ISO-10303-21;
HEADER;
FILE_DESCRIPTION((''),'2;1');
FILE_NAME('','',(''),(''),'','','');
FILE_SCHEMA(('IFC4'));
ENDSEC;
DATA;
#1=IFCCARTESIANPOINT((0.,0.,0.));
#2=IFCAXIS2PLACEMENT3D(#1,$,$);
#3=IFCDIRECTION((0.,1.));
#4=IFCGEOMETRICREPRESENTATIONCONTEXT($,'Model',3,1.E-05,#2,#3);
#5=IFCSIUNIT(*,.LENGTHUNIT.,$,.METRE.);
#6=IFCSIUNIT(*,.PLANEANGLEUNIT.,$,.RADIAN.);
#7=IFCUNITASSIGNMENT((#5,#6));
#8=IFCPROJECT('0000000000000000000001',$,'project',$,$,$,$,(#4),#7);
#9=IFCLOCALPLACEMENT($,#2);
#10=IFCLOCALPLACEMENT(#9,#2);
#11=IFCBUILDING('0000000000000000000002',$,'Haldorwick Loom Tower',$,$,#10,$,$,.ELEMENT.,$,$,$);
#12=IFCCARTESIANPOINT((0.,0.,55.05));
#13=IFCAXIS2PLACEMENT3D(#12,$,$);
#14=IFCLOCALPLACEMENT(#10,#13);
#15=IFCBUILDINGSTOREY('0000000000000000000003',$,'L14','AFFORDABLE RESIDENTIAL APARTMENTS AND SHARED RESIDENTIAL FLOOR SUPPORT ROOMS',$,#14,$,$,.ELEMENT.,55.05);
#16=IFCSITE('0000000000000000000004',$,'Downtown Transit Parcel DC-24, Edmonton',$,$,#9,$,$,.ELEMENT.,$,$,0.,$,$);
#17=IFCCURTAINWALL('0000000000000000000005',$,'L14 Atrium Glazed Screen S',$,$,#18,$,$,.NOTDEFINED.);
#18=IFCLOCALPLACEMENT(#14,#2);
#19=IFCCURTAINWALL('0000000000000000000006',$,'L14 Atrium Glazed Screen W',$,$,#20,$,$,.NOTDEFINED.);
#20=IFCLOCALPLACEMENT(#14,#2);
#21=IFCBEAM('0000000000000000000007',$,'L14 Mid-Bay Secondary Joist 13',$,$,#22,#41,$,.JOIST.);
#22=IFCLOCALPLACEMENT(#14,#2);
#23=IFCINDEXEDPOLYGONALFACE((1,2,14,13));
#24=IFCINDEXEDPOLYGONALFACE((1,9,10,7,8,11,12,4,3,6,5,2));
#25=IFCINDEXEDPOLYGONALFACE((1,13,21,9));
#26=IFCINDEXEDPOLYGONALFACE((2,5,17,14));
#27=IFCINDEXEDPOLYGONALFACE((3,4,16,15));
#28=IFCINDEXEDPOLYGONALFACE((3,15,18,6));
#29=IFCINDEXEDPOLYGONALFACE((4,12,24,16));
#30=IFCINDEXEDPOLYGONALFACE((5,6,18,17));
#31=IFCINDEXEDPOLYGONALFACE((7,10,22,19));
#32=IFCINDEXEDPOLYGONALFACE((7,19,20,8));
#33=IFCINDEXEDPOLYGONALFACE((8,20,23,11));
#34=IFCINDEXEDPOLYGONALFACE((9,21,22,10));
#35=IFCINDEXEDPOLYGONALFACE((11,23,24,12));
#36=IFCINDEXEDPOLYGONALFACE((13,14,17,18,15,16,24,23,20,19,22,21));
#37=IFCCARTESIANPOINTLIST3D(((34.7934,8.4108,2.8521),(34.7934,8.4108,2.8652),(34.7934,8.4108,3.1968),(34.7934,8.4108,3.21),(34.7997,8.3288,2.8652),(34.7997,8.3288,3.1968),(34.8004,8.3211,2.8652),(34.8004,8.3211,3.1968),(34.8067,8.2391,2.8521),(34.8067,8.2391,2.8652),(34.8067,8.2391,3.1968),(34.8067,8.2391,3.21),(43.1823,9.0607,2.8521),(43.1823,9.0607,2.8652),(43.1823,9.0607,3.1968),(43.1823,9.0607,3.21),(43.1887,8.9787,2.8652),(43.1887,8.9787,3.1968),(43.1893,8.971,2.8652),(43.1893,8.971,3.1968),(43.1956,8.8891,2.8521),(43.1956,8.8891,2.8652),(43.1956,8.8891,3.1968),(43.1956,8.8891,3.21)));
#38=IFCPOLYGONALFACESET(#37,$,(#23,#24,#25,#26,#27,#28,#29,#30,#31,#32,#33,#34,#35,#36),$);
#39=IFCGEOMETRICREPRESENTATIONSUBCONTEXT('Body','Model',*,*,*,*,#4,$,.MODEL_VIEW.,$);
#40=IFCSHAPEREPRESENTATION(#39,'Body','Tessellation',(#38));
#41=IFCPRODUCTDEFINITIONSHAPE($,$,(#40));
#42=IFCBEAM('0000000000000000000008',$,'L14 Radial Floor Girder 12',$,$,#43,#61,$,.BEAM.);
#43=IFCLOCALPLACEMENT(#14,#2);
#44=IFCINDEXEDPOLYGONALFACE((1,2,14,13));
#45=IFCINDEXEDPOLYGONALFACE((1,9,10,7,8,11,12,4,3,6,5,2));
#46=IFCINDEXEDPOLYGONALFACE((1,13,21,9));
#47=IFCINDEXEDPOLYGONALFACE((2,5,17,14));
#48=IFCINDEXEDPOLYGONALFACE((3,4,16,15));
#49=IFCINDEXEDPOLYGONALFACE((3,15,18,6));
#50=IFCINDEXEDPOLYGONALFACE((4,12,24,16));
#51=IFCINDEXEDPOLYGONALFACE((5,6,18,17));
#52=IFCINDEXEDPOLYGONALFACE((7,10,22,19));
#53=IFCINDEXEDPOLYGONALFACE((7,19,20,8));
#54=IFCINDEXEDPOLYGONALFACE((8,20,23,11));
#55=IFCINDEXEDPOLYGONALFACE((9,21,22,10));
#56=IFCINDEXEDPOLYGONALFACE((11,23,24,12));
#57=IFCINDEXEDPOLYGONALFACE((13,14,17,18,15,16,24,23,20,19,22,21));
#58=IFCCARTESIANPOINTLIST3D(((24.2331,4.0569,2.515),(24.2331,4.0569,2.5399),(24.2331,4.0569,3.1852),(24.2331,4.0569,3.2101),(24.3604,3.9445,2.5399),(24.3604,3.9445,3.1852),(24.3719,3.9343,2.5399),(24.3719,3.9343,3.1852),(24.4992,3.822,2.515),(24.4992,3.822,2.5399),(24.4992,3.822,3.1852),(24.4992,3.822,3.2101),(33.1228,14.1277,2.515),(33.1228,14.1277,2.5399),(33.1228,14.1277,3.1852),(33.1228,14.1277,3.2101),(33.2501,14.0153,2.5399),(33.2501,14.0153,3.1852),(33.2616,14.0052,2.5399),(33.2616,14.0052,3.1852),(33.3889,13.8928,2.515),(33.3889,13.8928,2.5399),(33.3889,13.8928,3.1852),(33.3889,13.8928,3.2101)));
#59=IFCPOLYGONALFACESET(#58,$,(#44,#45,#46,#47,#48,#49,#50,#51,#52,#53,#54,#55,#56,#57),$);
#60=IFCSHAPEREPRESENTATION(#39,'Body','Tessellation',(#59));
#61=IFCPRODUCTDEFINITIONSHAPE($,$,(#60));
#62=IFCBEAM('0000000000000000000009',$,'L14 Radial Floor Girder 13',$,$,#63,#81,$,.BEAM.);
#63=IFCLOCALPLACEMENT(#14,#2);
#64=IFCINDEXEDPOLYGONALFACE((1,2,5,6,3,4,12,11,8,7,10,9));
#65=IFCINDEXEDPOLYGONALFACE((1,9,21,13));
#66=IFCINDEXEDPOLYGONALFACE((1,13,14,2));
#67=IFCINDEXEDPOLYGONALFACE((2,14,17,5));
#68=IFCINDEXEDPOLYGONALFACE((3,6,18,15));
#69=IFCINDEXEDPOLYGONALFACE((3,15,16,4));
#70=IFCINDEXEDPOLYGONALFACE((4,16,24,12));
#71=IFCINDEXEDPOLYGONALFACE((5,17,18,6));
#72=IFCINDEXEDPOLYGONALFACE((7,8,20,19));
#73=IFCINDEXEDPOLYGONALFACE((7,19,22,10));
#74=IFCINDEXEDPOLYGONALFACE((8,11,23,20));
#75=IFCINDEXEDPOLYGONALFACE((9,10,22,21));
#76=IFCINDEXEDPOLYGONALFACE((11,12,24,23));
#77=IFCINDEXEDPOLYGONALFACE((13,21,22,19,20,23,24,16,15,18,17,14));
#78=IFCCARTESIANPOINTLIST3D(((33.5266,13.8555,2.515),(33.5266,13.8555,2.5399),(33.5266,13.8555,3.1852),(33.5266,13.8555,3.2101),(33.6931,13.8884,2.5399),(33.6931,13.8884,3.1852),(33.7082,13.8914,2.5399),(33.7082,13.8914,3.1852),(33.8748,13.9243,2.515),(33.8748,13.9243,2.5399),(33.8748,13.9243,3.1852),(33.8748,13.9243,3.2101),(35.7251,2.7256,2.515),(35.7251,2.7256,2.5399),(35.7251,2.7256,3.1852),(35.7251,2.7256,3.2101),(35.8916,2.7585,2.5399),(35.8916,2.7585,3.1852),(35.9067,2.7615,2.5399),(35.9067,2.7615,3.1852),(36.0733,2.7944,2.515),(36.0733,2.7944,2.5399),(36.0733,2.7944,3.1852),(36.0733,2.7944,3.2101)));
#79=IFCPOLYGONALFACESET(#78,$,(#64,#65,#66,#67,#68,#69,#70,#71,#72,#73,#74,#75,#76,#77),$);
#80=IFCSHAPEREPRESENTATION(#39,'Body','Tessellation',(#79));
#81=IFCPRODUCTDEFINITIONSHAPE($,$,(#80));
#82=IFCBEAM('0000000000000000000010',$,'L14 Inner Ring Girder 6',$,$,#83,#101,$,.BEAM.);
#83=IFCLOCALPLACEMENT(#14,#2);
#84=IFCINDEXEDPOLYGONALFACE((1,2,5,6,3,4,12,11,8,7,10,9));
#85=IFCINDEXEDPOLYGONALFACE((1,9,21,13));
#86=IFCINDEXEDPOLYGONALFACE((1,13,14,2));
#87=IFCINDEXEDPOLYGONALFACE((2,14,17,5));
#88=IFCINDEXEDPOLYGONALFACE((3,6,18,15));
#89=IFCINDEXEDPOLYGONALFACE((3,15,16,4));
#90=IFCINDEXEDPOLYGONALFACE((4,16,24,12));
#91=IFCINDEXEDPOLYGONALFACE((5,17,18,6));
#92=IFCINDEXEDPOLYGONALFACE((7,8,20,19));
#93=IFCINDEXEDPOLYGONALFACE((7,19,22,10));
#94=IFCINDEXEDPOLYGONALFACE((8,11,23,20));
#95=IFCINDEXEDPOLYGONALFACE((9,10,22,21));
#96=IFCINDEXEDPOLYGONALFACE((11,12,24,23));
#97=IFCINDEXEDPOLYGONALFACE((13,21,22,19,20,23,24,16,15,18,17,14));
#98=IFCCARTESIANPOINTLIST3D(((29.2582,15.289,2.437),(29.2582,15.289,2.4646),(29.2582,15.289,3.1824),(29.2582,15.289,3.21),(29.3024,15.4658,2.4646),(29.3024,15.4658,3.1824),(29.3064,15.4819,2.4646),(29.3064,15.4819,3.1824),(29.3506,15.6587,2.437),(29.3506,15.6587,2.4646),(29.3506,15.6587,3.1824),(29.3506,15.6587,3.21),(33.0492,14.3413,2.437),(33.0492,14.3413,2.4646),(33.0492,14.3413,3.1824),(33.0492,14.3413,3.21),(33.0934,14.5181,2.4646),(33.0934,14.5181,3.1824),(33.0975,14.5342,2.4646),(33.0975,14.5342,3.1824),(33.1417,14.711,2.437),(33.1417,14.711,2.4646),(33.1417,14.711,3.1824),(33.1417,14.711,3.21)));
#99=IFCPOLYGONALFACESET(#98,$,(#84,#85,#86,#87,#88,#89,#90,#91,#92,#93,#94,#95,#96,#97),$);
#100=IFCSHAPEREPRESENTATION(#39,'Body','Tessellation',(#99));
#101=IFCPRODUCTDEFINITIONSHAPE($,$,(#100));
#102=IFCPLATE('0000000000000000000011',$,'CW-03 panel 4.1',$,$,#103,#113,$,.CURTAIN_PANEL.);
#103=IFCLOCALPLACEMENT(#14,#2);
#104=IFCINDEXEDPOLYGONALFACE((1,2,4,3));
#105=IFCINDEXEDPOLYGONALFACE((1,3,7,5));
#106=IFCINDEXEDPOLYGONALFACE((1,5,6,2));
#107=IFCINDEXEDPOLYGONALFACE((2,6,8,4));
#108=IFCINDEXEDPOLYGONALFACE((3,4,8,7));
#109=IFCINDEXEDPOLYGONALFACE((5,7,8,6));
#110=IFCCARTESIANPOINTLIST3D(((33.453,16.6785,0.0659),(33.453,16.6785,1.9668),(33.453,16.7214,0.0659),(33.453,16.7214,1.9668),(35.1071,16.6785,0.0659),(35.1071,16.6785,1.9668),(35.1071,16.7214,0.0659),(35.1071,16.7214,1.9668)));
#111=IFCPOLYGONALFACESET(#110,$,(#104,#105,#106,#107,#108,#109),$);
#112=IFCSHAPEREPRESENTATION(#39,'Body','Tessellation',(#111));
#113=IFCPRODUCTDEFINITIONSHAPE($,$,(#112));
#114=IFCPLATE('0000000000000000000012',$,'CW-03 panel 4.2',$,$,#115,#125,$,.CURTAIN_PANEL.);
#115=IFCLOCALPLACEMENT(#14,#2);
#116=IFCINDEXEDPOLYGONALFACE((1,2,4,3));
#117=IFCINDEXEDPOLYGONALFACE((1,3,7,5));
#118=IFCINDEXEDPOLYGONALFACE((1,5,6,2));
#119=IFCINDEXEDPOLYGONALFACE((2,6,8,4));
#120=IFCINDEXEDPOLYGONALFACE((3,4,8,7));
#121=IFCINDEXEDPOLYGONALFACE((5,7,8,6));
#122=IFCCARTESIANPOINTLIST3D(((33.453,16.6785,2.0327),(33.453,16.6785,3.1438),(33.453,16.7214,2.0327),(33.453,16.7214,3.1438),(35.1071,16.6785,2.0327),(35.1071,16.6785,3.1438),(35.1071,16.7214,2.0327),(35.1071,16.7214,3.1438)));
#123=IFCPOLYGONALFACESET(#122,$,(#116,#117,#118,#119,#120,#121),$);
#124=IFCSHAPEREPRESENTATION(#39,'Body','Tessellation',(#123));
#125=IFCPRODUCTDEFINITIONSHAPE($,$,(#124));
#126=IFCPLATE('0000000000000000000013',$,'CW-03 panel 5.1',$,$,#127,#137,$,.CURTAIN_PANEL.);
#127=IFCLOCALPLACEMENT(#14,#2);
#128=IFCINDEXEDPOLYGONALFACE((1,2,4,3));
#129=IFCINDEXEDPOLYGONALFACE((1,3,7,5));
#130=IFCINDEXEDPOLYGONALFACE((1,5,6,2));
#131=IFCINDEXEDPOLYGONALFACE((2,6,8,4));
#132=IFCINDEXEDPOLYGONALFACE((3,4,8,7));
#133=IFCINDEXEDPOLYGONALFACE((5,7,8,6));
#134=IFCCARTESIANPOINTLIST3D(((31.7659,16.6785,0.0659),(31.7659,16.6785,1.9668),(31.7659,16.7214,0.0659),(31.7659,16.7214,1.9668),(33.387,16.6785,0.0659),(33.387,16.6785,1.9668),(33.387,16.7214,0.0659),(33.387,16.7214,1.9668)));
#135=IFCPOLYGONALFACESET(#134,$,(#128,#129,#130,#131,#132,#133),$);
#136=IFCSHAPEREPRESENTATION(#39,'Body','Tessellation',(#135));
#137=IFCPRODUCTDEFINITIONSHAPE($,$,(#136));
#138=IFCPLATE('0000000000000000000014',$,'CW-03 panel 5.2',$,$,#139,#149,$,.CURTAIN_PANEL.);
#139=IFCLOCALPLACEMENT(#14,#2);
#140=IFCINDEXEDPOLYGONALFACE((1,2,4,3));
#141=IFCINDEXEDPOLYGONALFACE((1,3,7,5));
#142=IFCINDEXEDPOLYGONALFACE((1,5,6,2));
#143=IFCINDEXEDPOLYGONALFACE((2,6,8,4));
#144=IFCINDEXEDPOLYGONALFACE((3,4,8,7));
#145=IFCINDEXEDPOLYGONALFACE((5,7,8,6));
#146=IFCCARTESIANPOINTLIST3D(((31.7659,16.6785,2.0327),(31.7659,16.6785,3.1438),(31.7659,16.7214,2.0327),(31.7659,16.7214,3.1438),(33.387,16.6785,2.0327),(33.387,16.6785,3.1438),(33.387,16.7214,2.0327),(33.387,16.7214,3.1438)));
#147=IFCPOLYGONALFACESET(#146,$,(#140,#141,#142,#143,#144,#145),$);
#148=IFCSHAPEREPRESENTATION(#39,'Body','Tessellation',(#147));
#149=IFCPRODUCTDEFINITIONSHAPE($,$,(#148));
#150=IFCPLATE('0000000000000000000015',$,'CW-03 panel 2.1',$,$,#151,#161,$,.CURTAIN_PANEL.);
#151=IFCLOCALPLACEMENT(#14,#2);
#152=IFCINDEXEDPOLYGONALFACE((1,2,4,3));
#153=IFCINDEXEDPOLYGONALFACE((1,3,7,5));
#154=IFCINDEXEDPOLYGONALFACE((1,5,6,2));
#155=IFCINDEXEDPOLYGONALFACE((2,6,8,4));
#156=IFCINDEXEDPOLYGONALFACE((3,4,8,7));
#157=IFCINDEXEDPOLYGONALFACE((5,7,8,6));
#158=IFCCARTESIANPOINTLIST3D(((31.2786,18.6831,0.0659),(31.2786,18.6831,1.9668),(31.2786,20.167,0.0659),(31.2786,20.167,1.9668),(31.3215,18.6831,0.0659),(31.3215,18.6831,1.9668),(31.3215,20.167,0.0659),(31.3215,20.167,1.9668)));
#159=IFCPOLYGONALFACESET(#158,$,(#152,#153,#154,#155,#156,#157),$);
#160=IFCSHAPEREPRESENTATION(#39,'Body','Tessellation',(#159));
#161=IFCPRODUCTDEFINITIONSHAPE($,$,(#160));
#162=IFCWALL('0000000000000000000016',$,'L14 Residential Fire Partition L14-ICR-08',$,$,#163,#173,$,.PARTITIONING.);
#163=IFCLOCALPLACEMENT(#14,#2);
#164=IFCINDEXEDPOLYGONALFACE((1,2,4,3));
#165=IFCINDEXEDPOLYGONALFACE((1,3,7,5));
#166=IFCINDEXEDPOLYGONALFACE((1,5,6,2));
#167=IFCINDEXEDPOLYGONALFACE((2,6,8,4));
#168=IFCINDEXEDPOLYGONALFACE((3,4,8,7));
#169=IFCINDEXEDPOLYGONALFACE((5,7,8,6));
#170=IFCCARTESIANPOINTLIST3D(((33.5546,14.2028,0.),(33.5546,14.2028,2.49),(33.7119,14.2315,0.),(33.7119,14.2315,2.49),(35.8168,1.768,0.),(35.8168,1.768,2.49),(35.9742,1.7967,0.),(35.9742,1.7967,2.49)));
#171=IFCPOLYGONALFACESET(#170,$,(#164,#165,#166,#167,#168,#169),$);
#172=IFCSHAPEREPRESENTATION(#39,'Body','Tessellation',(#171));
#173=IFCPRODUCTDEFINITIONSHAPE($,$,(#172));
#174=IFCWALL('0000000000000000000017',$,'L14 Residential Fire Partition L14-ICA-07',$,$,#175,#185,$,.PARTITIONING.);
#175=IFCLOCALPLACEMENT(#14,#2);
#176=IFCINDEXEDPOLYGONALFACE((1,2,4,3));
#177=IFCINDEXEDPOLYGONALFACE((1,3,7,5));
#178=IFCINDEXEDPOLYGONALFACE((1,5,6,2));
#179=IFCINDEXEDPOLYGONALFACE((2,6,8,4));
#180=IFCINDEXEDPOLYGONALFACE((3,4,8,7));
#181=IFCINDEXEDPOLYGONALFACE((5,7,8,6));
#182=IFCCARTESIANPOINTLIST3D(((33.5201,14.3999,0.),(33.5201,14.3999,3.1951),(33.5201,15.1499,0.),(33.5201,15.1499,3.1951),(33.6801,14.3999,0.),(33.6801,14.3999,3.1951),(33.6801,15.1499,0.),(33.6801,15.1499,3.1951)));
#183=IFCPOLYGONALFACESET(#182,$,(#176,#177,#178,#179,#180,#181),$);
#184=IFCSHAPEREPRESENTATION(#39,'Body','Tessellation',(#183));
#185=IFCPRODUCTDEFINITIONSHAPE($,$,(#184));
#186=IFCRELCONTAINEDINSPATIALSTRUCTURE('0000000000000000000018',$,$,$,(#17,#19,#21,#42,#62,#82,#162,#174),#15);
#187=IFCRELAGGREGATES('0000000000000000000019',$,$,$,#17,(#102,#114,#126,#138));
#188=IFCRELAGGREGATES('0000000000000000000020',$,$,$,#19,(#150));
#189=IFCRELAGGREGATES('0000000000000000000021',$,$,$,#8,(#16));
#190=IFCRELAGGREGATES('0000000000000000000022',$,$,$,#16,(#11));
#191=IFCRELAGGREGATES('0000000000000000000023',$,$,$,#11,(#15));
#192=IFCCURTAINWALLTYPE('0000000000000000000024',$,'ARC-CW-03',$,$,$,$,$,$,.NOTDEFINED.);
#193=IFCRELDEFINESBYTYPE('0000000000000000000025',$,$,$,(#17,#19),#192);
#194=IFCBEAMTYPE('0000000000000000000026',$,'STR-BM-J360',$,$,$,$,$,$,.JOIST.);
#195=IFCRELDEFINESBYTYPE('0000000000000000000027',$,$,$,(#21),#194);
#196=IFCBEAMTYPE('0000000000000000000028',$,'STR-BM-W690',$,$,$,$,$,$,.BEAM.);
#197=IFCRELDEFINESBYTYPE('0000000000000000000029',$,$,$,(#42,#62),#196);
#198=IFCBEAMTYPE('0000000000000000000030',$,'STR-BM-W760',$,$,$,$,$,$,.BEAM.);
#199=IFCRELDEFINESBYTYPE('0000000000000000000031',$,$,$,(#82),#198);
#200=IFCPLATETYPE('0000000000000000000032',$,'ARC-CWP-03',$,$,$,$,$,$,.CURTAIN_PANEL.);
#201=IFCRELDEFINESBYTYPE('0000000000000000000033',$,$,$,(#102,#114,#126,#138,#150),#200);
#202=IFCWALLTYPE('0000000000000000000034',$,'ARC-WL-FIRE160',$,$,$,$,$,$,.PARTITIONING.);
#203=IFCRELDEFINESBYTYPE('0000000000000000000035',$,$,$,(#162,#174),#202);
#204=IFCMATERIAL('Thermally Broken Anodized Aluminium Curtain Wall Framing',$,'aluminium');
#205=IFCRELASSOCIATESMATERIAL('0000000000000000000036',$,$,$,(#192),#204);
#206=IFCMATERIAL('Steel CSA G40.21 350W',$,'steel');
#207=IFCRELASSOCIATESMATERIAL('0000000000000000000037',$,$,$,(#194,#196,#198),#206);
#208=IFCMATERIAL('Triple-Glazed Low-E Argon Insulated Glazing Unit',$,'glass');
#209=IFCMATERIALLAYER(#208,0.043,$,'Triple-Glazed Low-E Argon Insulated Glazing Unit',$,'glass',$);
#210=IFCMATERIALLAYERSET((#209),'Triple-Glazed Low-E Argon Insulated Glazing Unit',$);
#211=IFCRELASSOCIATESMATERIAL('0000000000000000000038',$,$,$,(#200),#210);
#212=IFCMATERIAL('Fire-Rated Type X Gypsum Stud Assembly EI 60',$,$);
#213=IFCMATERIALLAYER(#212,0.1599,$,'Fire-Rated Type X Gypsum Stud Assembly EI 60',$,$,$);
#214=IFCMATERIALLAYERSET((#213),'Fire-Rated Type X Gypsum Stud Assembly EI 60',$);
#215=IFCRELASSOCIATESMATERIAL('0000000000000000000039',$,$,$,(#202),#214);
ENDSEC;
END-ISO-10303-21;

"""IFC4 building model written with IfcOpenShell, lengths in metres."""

from ifc_helpers import new_model, si_unit, direction, frame, frame_2d, origin, origin_2d, place, context, subcontext, project, spatial, rectangle, i_section, extrude, material, layer, layer_set, material_profile, profile_set, type_object, element, aggregate, save


model = new_model("IFC4")

# Units and contexts
model_context = context("Model", 3, precision=1e-05, world=origin(), true_north=direction((0.0, 1.0)))
body_context = subcontext(model_context, "Body", "Model", "MODEL_VIEW")
ifc_project = project(units=[si_unit("LENGTHUNIT", "METRE"), si_unit("PLANEANGLEUNIT", "RADIAN")], contexts=[model_context])

# Site, building, storey
site_placement = place(None, origin())
site = spatial("IfcSite", under=ifc_project, at=site_placement, Name="Downtown Transit Parcel DC-24, Edmonton", CompositionType="ELEMENT", RefElevation=0.0)
building_placement = place(site_placement, origin())
building = spatial("IfcBuilding", under=site, at=building_placement, Name="Haldorwick Loom Tower", CompositionType="ELEMENT")
storey_placement = place(building_placement, frame((0.0, 0.0, 55.05)))
storey = spatial("IfcBuildingStorey", under=building, at=storey_placement, Name="L14", Description="AFFORDABLE RESIDENTIAL APARTMENTS AND SHARED RESIDENTIAL FLOOR SUPPORT ROOMS", CompositionType="ELEMENT", Elevation=55.05)

# Curtain wall
ifc_material_1 = material(Name="Thermally Broken Anodized Aluminium Curtain Wall Framing", Category="aluminium")
curtain_wall_type = type_object("IfcCurtainWallType", Name="ARC-CW-03", PredefinedType="NOTDEFINED", material=ifc_material_1)
curtain_wall_1_placement = place(storey_placement, origin())
curtain_wall_1 = element("IfcCurtainWall", 1, at=curtain_wall_1_placement, inside=storey, type_object=curtain_wall_type, Name="L14 Atrium Glazed Screen S", PredefinedType="NOTDEFINED")

# Curtain wall
curtain_wall_2_placement = place(storey_placement, origin())
curtain_wall_2 = element("IfcCurtainWall", 2, at=curtain_wall_2_placement, inside=storey, type_object=curtain_wall_type, Name="L14 Atrium Glazed Screen W", PredefinedType="NOTDEFINED")

# Beams
ifc_material_2 = material(Name="Steel CSA G40.21 350W", Category="steel")
ifc_material_profile_1 = material_profile(ifc_material_2, i_section(OverallWidth=0.1721, OverallDepth=0.3579, WebThickness=0.0078, FlangeThickness=0.0132, at=origin_2d()), Name="W360X57", Category="steel")
ifc_profile_set_1 = profile_set([ifc_material_profile_1], Name="Steel CSA G40.21 350W")
beam_type_1 = type_object("IfcBeamType", Name="STR-BM-J360", PredefinedType="JOIST", material=ifc_profile_set_1)
beam_1_placement = place(storey_placement, frame((34.8, 8.325, 3.031), z_axis=(0.997013, 0.07724, 0.0), x_axis=(-0.07724, 0.997013, 0.0)))
element("IfcBeam", 3, at=beam_1_placement, inside=storey, type_object=beam_type_1, Name="L14 Mid-Bay Secondary Joist 13", PredefinedType="JOIST", context=body_context, shape_type="SweptSolid", body=[
    extrude(i_section(OverallWidth=0.1721, OverallDepth=0.3579, WebThickness=0.0078, FlangeThickness=0.0132, at=origin_2d()), origin(), (0.0, 0.0, 1.0), 8.4141),
])
ifc_material_profile_2 = material_profile(ifc_material_2, i_section(OverallWidth=0.355, OverallDepth=0.6951, WebThickness=0.0154, FlangeThickness=0.0249, at=origin_2d()), Name="W690X217", Category="steel")
ifc_profile_set_2 = profile_set([ifc_material_profile_2], Name="Steel CSA G40.21 350W")
beam_type_2 = type_object("IfcBeamType", Name="STR-BM-W690", PredefinedType="BEAM", material=ifc_profile_set_2)
beam_2_placement = place(storey_placement, frame((33.2559, 14.0103, 2.8625), z_axis=(-0.661774, -0.749703, 0.0), x_axis=(0.749703, -0.661774, 0.0)))
element("IfcBeam", 4, at=beam_2_placement, inside=storey, type_object=beam_type_2, Name="L14 Radial Floor Girder 12", PredefinedType="BEAM", context=body_context, shape_type="SweptSolid", body=[
    extrude(i_section(OverallWidth=0.355, OverallDepth=0.6951, WebThickness=0.0154, FlangeThickness=0.0249, at=origin_2d()), origin(), (0.0, 0.0, 1.0), 13.4331),
])
beam_3_placement = place(storey_placement, frame((33.7007, 13.8899, 2.8625), z_axis=(0.193786, -0.981044, 0.0), x_axis=(0.981044, 0.193786, 0.0)))
element("IfcBeam", 5, at=beam_3_placement, inside=storey, type_object=beam_type_2, Name="L14 Radial Floor Girder 13", PredefinedType="BEAM", context=body_context, shape_type="SweptSolid", body=[
    extrude(i_section(OverallWidth=0.355, OverallDepth=0.6951, WebThickness=0.0154, FlangeThickness=0.0249, at=origin_2d()), origin(), (0.0, 0.0, 1.0), 11.345),
])
ifc_material_profile_3 = material_profile(ifc_material_2, i_section(OverallWidth=0.3811, OverallDepth=0.7729, WebThickness=0.0166, FlangeThickness=0.0276, at=origin_2d()), Name="W760X257", Category="steel")
ifc_profile_set_3 = profile_set([ifc_material_profile_3], Name="Steel CSA G40.21 350W")
beam_type_3 = type_object("IfcBeamType", Name="STR-BM-W760", PredefinedType="BEAM", material=ifc_profile_set_3)
beam_4_placement = place(storey_placement, frame((33.0955, 14.5261, 2.8235), z_axis=(-0.970143, 0.242536, 0.0), x_axis=(-0.242536, -0.970143, 0.0)))
element("IfcBeam", 6, at=beam_4_placement, inside=storey, type_object=beam_type_3, Name="L14 Inner Ring Girder 6", PredefinedType="BEAM", context=body_context, shape_type="SweptSolid", body=[
    extrude(i_section(OverallWidth=0.3811, OverallDepth=0.7729, WebThickness=0.0166, FlangeThickness=0.0276, at=origin_2d()), origin(), (0.0, 0.0, 1.0), 3.9077),
])

# Plates
ifc_material_3 = material(Name="Triple-Glazed Low-E Argon Insulated Glazing Unit", Category="glass")
ifc_layer_1 = layer(ifc_material_3, 0.043, Name="Triple-Glazed Low-E Argon Insulated Glazing Unit", Category="glass")
ifc_layer_set_1 = layer_set([ifc_layer_1], Name="Triple-Glazed Low-E Argon Insulated Glazing Unit")
plate_type = type_object("IfcPlateType", Name="ARC-CWP-03", PredefinedType="CURTAIN_PANEL", material=ifc_layer_set_1)
plate_1_placement = place(storey_placement, frame((34.28, 16.7, 0.0659), z_axis=(0.0, 0.0, 1.0), x_axis=(-1.0, 0.0, 0.0)))
plate_1 = element("IfcPlate", 7, at=plate_1_placement, type_object=plate_type, Name="CW-03 panel 4.1", PredefinedType="CURTAIN_PANEL", context=body_context, shape_type="SweptSolid", body=[
    extrude(rectangle(XDim=1.6541, YDim=0.043, at=origin_2d()), origin(), (0.0, 0.0, 1.0), 1.9009),
])
plate_2_placement = place(storey_placement, frame((34.28, 16.7, 2.0327), z_axis=(0.0, 0.0, 1.0), x_axis=(-1.0, 0.0, 0.0)))
plate_2 = element("IfcPlate", 8, at=plate_2_placement, type_object=plate_type, Name="CW-03 panel 4.2", PredefinedType="CURTAIN_PANEL", context=body_context, shape_type="SweptSolid", body=[
    extrude(rectangle(XDim=1.6541, YDim=0.043, at=origin_2d()), origin(), (0.0, 0.0, 1.0), 1.1111),
])
plate_3_placement = place(storey_placement, frame((32.5764, 16.7, 0.0659), z_axis=(0.0, 0.0, 1.0), x_axis=(-1.0, 0.0, 0.0)))
plate_3 = element("IfcPlate", 9, at=plate_3_placement, type_object=plate_type, Name="CW-03 panel 5.1", PredefinedType="CURTAIN_PANEL", context=body_context, shape_type="SweptSolid", body=[
    extrude(rectangle(XDim=1.6211, YDim=0.043, at=origin_2d()), origin(), (0.0, 0.0, 1.0), 1.9009),
])
plate_4_placement = place(storey_placement, frame((32.5764, 16.7, 2.0327), z_axis=(0.0, 0.0, 1.0), x_axis=(-1.0, 0.0, 0.0)))
plate_4 = element("IfcPlate", 10, at=plate_4_placement, type_object=plate_type, Name="CW-03 panel 5.2", PredefinedType="CURTAIN_PANEL", context=body_context, shape_type="SweptSolid", body=[
    extrude(rectangle(XDim=1.6211, YDim=0.043, at=origin_2d()), origin(), (0.0, 0.0, 1.0), 1.1111),
])
aggregate(curtain_wall_1, [plate_1, plate_2, plate_3, plate_4])
plate_5_placement = place(storey_placement, frame((31.3, 19.425, 0.0659), z_axis=(0.0, 0.0, 1.0), x_axis=(0.0, 1.0, 0.0)))
plate_5 = element("IfcPlate", 11, at=plate_5_placement, type_object=plate_type, Name="CW-03 panel 2.1", PredefinedType="CURTAIN_PANEL", context=body_context, shape_type="SweptSolid", body=[
    extrude(rectangle(XDim=1.4839, YDim=0.043, at=origin_2d()), origin(), (0.0, 0.0, 1.0), 1.9009),
])
aggregate(curtain_wall_2, [plate_5])

# Walls
ifc_material_4 = material(Name="Fire-Rated Type X Gypsum Stud Assembly EI 60")
ifc_layer_2 = layer(ifc_material_4, 0.1599, Name="Fire-Rated Type X Gypsum Stud Assembly EI 60")
ifc_layer_set_2 = layer_set([ifc_layer_2], Name="Fire-Rated Type X Gypsum Stud Assembly EI 60")
wall_type_1 = type_object("IfcWallType", Name="ARC-WL-FIRE160", PredefinedType="PARTITIONING", material=ifc_layer_set_2)
wall_1_placement = place(storey_placement, frame((33.6333, 14.217, 0.0), z_axis=(0.0, 0.0, 1.0), x_axis=(0.178987, -0.983851, 0.0)))
element("IfcWall", 12, at=wall_1_placement, inside=storey, type_object=wall_type_1, Name="L14 Residential Fire Partition L14-ICR-08", PredefinedType="PARTITIONING", context=body_context, shape_type="SweptSolid", body=[
    extrude(rectangle(XDim=12.6389, YDim=0.1599, at=frame_2d((6.3193, 0.0))), origin(), (0.0, 0.0, 1.0), 2.49),
])
wall_2_placement = place(storey_placement, frame((33.6001, 15.1499, 0.0), z_axis=(0.0, 0.0, 1.0), x_axis=(0.0, -1.0, 0.0)))
element("IfcWall", 13, at=wall_2_placement, inside=storey, type_object=wall_type_1, Name="L14 Residential Fire Partition L14-ICA-07", PredefinedType="PARTITIONING", context=body_context, shape_type="SweptSolid", body=[
    extrude(rectangle(XDim=0.75, YDim=0.1599, at=frame_2d((0.375, 0.0))), origin(), (0.0, 0.0, 1.0), 3.1951),
])

save(model, "model.ifc")
